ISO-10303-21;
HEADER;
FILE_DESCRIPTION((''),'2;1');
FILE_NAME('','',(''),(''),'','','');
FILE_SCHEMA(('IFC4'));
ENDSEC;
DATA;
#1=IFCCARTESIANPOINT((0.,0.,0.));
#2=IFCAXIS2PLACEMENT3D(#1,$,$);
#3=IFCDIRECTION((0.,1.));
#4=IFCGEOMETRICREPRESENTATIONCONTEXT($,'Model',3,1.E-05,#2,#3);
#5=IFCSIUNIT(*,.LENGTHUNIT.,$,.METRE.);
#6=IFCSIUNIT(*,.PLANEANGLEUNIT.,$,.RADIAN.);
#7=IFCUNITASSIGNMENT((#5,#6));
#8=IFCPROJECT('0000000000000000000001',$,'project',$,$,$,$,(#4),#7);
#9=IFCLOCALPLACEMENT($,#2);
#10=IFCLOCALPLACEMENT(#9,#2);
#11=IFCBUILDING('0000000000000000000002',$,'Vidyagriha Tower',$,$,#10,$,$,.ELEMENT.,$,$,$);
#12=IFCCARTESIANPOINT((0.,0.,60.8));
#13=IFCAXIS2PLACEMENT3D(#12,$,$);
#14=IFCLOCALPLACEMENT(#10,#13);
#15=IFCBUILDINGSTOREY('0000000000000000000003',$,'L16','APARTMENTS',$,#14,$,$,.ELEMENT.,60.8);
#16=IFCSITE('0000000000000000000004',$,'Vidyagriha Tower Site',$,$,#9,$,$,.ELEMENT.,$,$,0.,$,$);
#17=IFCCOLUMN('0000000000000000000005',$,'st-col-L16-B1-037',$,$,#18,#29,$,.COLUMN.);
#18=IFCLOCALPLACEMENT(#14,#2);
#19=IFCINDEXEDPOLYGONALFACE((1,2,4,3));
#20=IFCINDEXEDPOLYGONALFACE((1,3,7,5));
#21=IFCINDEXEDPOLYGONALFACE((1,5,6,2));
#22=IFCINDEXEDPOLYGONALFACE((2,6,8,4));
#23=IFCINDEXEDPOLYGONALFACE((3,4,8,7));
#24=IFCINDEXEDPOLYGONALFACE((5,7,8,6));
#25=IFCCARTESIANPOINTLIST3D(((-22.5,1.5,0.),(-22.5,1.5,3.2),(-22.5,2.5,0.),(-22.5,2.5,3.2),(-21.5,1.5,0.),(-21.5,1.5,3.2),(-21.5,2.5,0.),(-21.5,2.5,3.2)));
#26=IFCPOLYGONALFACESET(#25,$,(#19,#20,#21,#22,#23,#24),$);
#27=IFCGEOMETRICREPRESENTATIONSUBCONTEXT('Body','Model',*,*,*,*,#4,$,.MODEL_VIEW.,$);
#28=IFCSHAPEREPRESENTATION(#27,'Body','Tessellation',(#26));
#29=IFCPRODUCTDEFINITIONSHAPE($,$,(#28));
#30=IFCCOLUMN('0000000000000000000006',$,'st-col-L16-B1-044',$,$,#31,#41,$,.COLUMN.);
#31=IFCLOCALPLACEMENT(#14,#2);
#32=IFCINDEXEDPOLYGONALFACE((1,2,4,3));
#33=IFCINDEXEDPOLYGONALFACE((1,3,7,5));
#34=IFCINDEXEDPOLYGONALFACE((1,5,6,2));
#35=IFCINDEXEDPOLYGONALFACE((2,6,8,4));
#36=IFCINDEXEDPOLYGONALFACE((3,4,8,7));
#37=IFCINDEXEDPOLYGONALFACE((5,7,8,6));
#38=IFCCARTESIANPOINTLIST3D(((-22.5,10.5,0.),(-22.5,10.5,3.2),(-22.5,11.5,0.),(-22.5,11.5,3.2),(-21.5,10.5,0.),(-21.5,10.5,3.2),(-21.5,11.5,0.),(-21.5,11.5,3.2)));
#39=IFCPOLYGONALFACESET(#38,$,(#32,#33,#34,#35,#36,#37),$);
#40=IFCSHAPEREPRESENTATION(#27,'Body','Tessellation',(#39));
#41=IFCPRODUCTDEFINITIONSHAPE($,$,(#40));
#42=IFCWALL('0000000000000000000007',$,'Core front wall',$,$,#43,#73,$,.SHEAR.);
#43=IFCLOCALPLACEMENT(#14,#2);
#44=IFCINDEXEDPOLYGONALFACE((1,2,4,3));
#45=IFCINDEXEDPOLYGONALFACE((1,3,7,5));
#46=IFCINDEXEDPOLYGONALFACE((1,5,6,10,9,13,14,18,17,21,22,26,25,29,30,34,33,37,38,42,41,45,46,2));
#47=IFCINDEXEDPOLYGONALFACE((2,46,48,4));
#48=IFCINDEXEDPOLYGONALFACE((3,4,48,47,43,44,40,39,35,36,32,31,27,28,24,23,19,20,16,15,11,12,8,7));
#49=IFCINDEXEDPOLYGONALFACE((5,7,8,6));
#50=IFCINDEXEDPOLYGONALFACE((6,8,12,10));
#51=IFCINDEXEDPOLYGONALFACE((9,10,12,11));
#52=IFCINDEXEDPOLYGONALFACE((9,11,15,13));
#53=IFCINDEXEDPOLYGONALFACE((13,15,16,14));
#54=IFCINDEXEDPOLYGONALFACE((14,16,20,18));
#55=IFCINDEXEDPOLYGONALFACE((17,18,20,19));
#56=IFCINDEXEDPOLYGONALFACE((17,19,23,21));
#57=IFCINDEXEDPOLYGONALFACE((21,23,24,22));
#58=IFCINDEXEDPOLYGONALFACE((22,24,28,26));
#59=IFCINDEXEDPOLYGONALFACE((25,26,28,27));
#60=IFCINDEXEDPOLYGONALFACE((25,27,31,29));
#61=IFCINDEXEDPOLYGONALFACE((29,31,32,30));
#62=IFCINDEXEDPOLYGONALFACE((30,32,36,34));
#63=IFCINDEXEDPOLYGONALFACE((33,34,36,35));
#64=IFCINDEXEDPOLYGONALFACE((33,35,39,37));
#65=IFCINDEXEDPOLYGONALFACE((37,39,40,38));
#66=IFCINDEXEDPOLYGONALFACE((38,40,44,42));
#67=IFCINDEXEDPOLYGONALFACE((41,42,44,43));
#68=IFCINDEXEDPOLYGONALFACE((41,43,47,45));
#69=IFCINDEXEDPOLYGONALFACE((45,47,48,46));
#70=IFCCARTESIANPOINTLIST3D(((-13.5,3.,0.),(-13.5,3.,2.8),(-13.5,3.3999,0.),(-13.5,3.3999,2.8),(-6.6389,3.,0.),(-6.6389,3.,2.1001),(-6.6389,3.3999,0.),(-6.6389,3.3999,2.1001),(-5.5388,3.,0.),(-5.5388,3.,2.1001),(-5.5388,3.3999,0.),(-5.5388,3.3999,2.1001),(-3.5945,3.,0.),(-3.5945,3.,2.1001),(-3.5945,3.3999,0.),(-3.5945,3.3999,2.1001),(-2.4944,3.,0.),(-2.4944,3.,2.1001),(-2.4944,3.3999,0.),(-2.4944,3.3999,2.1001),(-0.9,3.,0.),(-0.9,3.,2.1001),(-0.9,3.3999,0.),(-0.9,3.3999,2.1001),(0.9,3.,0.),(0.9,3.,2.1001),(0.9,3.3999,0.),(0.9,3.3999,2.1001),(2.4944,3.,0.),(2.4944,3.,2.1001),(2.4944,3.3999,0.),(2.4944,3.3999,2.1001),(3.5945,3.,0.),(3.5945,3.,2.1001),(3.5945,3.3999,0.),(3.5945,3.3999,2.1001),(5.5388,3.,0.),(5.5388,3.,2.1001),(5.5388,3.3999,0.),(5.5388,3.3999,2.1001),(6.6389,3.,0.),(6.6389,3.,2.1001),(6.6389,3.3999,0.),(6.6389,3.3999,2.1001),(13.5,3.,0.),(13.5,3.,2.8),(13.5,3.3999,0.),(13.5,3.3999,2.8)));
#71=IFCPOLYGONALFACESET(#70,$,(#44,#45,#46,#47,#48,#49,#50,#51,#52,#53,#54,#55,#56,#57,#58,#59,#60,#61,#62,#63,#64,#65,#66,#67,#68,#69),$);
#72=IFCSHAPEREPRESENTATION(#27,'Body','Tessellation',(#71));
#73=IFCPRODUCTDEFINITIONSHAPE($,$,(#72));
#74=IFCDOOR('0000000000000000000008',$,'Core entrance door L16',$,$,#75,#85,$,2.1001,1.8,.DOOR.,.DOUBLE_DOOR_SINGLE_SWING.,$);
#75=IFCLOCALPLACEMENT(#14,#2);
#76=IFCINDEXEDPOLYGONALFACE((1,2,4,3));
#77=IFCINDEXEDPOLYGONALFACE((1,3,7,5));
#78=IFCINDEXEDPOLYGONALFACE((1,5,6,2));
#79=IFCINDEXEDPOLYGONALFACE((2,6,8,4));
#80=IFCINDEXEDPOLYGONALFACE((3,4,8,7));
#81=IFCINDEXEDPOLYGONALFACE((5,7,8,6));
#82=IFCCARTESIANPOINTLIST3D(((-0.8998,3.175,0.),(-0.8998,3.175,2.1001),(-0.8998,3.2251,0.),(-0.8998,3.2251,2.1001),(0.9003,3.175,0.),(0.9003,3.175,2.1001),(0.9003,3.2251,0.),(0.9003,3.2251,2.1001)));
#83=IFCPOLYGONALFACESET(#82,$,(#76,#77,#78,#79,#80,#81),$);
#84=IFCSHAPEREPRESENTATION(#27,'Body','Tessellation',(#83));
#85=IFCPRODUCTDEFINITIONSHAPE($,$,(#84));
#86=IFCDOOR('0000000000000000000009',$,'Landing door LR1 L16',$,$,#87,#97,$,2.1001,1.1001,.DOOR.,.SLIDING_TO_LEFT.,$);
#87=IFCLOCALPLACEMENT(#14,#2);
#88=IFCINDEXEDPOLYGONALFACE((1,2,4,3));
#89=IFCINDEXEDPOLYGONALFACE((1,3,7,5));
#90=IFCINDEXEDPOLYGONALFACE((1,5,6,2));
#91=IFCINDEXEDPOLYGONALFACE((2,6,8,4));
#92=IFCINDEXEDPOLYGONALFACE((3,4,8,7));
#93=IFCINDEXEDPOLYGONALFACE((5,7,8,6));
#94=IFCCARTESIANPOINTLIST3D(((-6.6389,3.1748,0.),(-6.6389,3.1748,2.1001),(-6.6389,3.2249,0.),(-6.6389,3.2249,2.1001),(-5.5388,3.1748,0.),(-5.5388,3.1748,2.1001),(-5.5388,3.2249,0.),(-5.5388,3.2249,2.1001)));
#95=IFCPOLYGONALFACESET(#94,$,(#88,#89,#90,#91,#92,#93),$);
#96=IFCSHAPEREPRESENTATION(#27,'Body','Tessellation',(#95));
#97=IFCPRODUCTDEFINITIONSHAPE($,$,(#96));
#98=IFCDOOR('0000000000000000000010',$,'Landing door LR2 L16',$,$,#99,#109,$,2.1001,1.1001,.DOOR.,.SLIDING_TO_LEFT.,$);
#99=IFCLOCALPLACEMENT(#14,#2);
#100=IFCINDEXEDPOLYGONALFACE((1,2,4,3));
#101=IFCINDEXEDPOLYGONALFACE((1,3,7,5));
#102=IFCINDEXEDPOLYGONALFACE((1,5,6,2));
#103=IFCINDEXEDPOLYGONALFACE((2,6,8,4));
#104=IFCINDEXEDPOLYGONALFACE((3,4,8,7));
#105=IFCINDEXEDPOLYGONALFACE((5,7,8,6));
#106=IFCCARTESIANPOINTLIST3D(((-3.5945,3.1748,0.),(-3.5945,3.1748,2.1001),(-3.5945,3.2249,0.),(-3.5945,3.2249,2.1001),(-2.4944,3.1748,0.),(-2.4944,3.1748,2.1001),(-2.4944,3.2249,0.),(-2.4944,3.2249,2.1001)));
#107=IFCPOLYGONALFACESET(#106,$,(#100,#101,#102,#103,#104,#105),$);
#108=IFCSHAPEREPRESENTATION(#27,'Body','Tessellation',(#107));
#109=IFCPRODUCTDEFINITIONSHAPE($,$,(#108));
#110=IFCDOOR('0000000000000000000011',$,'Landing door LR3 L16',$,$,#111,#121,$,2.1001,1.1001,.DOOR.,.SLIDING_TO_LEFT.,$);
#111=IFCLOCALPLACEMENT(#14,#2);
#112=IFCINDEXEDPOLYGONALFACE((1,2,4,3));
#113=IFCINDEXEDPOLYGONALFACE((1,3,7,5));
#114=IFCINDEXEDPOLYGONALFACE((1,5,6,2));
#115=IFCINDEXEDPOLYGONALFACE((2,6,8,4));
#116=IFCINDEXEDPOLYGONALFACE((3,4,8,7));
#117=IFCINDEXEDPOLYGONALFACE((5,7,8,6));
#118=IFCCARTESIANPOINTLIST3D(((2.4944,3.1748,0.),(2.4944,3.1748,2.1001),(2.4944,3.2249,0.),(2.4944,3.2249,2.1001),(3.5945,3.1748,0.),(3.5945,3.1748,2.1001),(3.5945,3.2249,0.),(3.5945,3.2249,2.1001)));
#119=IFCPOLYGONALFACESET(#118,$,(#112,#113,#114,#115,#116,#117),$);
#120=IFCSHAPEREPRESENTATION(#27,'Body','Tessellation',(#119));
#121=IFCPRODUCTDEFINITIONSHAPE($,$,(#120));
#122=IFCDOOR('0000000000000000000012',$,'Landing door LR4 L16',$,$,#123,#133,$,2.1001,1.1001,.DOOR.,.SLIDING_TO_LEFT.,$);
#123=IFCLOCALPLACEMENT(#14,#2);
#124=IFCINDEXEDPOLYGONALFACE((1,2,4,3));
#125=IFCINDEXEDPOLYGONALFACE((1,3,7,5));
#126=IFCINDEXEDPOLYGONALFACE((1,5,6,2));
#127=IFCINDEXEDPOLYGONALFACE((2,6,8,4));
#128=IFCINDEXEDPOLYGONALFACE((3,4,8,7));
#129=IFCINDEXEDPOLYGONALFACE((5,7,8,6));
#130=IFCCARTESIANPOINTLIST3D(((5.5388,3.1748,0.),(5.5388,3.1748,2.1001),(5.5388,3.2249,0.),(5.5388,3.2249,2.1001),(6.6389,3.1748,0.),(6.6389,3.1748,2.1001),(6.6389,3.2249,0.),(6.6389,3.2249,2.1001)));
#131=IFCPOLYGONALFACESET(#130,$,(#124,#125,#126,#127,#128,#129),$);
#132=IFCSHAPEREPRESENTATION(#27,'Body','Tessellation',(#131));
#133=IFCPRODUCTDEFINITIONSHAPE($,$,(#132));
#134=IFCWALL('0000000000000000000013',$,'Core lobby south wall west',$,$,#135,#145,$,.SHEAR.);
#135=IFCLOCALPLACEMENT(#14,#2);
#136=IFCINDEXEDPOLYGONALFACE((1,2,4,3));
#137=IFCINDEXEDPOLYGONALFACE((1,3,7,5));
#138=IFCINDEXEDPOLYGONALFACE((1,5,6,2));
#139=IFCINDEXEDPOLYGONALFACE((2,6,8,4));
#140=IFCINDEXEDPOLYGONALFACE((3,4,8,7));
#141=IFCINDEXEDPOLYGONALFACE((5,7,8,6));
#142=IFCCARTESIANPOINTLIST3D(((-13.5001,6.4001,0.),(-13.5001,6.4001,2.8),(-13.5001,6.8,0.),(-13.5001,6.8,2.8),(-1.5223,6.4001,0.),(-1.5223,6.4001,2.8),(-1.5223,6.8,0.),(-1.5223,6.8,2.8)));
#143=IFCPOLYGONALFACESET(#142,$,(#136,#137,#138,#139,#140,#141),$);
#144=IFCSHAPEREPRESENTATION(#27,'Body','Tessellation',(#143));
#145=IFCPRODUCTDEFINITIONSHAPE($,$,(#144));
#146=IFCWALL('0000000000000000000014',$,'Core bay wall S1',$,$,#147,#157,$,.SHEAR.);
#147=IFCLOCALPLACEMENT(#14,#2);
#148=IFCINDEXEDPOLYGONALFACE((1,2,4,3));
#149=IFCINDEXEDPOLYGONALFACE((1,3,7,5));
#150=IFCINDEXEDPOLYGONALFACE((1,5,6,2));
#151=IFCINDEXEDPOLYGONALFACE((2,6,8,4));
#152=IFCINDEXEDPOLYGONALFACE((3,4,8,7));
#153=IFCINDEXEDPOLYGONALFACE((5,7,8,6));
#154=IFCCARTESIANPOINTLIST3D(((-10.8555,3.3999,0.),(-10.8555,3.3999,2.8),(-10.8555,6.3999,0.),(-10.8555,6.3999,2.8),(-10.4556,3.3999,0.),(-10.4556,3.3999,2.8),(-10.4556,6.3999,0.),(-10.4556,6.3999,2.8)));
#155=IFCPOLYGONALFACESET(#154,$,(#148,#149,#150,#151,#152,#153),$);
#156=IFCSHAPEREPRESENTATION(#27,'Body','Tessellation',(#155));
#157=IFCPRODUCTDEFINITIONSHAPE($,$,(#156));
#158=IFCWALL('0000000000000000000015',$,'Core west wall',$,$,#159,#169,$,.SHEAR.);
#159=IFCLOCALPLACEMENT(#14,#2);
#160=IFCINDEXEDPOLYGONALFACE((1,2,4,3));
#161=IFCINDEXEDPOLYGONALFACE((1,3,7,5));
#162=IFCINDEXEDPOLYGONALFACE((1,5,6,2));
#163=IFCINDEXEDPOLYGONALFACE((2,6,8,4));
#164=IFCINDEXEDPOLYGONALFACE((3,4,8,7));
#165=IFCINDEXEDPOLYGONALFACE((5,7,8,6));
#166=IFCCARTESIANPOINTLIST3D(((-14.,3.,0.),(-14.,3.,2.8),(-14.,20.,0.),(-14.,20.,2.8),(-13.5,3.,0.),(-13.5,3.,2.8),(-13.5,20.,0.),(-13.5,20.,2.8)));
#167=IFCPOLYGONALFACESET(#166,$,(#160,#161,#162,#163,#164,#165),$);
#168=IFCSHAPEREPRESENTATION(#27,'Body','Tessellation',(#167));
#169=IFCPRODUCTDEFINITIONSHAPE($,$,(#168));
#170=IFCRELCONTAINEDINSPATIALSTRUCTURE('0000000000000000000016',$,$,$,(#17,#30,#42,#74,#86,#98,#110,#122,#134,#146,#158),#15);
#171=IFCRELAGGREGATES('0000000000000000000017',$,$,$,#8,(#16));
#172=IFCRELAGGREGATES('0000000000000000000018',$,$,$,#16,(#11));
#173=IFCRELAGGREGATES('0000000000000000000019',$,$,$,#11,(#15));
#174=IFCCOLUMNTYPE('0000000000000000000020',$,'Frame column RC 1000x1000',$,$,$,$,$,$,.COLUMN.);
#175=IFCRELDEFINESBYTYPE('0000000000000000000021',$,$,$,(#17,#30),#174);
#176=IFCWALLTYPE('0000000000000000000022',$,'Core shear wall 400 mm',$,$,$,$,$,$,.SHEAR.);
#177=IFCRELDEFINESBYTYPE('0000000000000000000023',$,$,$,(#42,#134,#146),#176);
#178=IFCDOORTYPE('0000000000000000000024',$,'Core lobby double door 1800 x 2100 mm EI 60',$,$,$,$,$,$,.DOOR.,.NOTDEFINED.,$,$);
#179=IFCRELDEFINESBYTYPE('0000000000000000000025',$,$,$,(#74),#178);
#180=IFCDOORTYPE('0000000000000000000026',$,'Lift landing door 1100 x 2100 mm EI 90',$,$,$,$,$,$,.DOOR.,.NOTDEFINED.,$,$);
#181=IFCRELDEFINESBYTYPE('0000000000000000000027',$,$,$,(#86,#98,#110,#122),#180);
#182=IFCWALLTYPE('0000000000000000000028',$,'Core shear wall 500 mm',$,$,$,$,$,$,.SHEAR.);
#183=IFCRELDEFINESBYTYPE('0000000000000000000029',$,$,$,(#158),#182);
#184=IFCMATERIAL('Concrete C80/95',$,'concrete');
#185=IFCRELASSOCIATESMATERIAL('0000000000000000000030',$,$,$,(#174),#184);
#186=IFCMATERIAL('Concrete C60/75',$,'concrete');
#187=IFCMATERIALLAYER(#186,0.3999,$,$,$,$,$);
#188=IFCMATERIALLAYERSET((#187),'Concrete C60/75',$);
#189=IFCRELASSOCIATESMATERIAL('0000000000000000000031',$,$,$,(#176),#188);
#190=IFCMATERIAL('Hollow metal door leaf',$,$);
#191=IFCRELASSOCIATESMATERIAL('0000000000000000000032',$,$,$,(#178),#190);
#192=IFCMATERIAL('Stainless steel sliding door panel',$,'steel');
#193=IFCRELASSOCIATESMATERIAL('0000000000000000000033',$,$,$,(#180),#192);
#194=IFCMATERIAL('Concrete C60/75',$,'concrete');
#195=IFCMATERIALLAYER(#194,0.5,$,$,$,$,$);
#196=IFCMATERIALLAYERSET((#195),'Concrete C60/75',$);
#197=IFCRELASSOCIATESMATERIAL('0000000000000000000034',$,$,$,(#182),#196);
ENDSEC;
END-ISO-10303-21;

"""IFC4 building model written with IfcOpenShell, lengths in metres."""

from ifc_helpers import new_model, si_unit, direction, frame, frame_2d, origin, origin_2d, place, context, subcontext, project, spatial, rectangle, extrude, material, layer, layer_set, material_profile, profile_set, type_object, element, fill, save


model = new_model("IFC4")

# Units and contexts
model_context = context("Model", 3, precision=1e-05, world=origin(), true_north=direction((0.0, 1.0)))
body_context = subcontext(model_context, "Body", "Model", "MODEL_VIEW")
ifc_project = project(units=[si_unit("LENGTHUNIT", "METRE"), si_unit("PLANEANGLEUNIT", "RADIAN")], contexts=[model_context])

# Site, building, storey
site_placement = place(None, origin())
site = spatial("IfcSite", under=ifc_project, at=site_placement, Name="Vidyagriha Tower Site", CompositionType="ELEMENT", RefElevation=0.0)
building_placement = place(site_placement, origin())
building = spatial("IfcBuilding", under=site, at=building_placement, Name="Vidyagriha Tower", CompositionType="ELEMENT")
storey_placement = place(building_placement, frame((0.0, 0.0, 60.8)))
storey = spatial("IfcBuildingStorey", under=building, at=storey_placement, Name="L16", Description="APARTMENTS", CompositionType="ELEMENT", Elevation=60.8)

# Columns
ifc_material_1 = material(Name="Concrete C80/95", Category="concrete")
ifc_material_profile = material_profile(ifc_material_1, rectangle(XDim=1.0, YDim=1.0, at=origin_2d()), Name="RC 1000x1000")
ifc_profile_set = profile_set([ifc_material_profile], Name="Concrete C80/95")
column_type = type_object("IfcColumnType", Name="Frame column RC 1000x1000", PredefinedType="COLUMN", material=ifc_profile_set)
for number, where, name in (
    (1, (-22.0, 2.0, 0.0), "st-col-L16-B1-037"),
    (2, (-22.0, 11.0, 0.0), "st-col-L16-B1-044"),
):
    element("IfcColumn", number, at=place(storey_placement, frame(where)), inside=storey, type_object=column_type, Name=name, PredefinedType="COLUMN", context=body_context, shape_type="SweptSolid", body=[
        extrude(rectangle(XDim=1.0, YDim=1.0, at=origin_2d()), origin(), (0.0, 0.0, 1.0), 3.2),
    ])

# Wall, openings, doors
ifc_material_2 = material(Name="Concrete C60/75", Category="concrete")
ifc_layer_1 = layer(ifc_material_2, 0.3999)
ifc_layer_set_1 = layer_set([ifc_layer_1], Name="Concrete C60/75")
wall_type_1 = type_object("IfcWallType", Name="Core shear wall 400 mm", PredefinedType="SHEAR", material=ifc_layer_set_1)
wall_1_placement = place(storey_placement, frame((-13.5, 3.2, 0.0)))
wall_1 = element("IfcWall", 3, at=wall_1_placement, inside=storey, type_object=wall_type_1, Name="Core front wall", PredefinedType="SHEAR", context=body_context, shape_type="SweptSolid", body=[
    extrude(rectangle(XDim=27.0, YDim=0.3999, at=frame_2d((13.5, 0.0))), origin(), (0.0, 0.0, 1.0), 2.8),
])
opening_1_placement = place(wall_1_placement, frame((6.8611, 0.0, 0.0)))
opening_1 = element("IfcOpeningElement", 4, at=opening_1_placement, cuts=wall_1, PredefinedType="OPENING", context=body_context, shape_type="SweptSolid", body=[
    extrude(rectangle(XDim=1.1001, YDim=2.1001, at=frame_2d((0.55, 1.05))), frame((0.0, 0.21, 0.0), z_axis=(0.0, -1.0, 0.0), x_axis=(1.0, 0.0, 0.0)), (0.0, 0.0, 1.0), 0.4199),
])
opening_2_placement = place(wall_1_placement, frame((9.9055, 0.0, 0.0)))
opening_2 = element("IfcOpeningElement", 5, at=opening_2_placement, cuts=wall_1, PredefinedType="OPENING", context=body_context, shape_type="SweptSolid", body=[
    extrude(rectangle(XDim=1.1001, YDim=2.1001, at=frame_2d((0.55, 1.05))), frame((0.0, 0.21, 0.0), z_axis=(0.0, -1.0, 0.0), x_axis=(1.0, 0.0, 0.0)), (0.0, 0.0, 1.0), 0.4199),
])
opening_3_placement = place(wall_1_placement, frame((15.9944, 0.0, 0.0)))
opening_3 = element("IfcOpeningElement", 6, at=opening_3_placement, cuts=wall_1, PredefinedType="OPENING", context=body_context, shape_type="SweptSolid", body=[
    extrude(rectangle(XDim=1.1001, YDim=2.1001, at=frame_2d((0.55, 1.05))), frame((0.0, 0.21, 0.0), z_axis=(0.0, -1.0, 0.0), x_axis=(1.0, 0.0, 0.0)), (0.0, 0.0, 1.0), 0.4199),
])
opening_4_placement = place(wall_1_placement, frame((19.0388, 0.0, 0.0)))
opening_4 = element("IfcOpeningElement", 7, at=opening_4_placement, cuts=wall_1, PredefinedType="OPENING", context=body_context, shape_type="SweptSolid", body=[
    extrude(rectangle(XDim=1.1001, YDim=2.1001, at=frame_2d((0.55, 1.05))), frame((0.0, 0.21, 0.0), z_axis=(0.0, -1.0, 0.0), x_axis=(1.0, 0.0, 0.0)), (0.0, 0.0, 1.0), 0.4199),
])
opening_5_placement = place(wall_1_placement, frame((12.6001, 0.0, 0.0)))
opening_5 = element("IfcOpeningElement", 8, at=opening_5_placement, cuts=wall_1, PredefinedType="OPENING", context=body_context, shape_type="SweptSolid", body=[
    extrude(rectangle(XDim=1.8, YDim=2.1001, at=frame_2d((0.8999, 1.05))), frame((0.0, 0.21, 0.0), z_axis=(0.0, -1.0, 0.0), x_axis=(1.0, 0.0, 0.0)), (0.0, 0.0, 1.0), 0.4199),
])
ifc_material_3 = material(Name="Hollow metal door leaf")
door_type_1 = type_object("IfcDoorType", Name="Core lobby double door 1800 x 2100 mm EI 60", OperationType="NOTDEFINED", PredefinedType="DOOR", material=ifc_material_3)
door_1_placement = place(opening_5_placement, frame((1.8, 0.0, 0.0), z_axis=(0.0, 0.0, 1.0), x_axis=(-1.0, 0.0, 0.0)))
door_1 = element("IfcDoor", 9, at=door_1_placement, inside=storey, type_object=door_type_1, Name="Core entrance door L16", OperationType="DOUBLE_DOOR_SINGLE_SWING", OverallHeight=2.1001, OverallWidth=1.8, PredefinedType="DOOR", context=body_context, shape_type="SweptSolid", body=[
    extrude(rectangle(XDim=1.8, YDim=2.1001, at=frame_2d((0.8999, 1.05))), frame((0.0, 0.0249, 0.0), z_axis=(0.0, -1.0, 0.0), x_axis=(1.0, 0.0, 0.0)), (0.0, 0.0, 1.0), 0.05),
])
fill(opening_5, door_1)
ifc_material_4 = material(Name="Stainless steel sliding door panel", Category="steel")
door_type_2 = type_object("IfcDoorType", Name="Lift landing door 1100 x 2100 mm EI 90", OperationType="NOTDEFINED", PredefinedType="DOOR", material=ifc_material_4)
door_2_placement = place(opening_1_placement, origin())
door_2 = element("IfcDoor", 10, at=door_2_placement, inside=storey, type_object=door_type_2, Name="Landing door LR1 L16", OperationType="SLIDING_TO_LEFT", OverallHeight=2.1001, OverallWidth=1.1001, PredefinedType="DOOR", context=body_context, shape_type="SweptSolid", body=[
    extrude(rectangle(XDim=1.1001, YDim=2.1001, at=frame_2d((0.55, 1.05))), frame((0.0, 0.0249, 0.0), z_axis=(0.0, -1.0, 0.0), x_axis=(1.0, 0.0, 0.0)), (0.0, 0.0, 1.0), 0.05),
])
fill(opening_1, door_2)
door_3_placement = place(opening_2_placement, origin())
door_3 = element("IfcDoor", 11, at=door_3_placement, inside=storey, type_object=door_type_2, Name="Landing door LR2 L16", OperationType="SLIDING_TO_LEFT", OverallHeight=2.1001, OverallWidth=1.1001, PredefinedType="DOOR", context=body_context, shape_type="SweptSolid", body=[
    extrude(rectangle(XDim=1.1001, YDim=2.1001, at=frame_2d((0.55, 1.05))), frame((0.0, 0.0249, 0.0), z_axis=(0.0, -1.0, 0.0), x_axis=(1.0, 0.0, 0.0)), (0.0, 0.0, 1.0), 0.05),
])
fill(opening_2, door_3)
door_4_placement = place(opening_3_placement, origin())
door_4 = element("IfcDoor", 12, at=door_4_placement, inside=storey, type_object=door_type_2, Name="Landing door LR3 L16", OperationType="SLIDING_TO_LEFT", OverallHeight=2.1001, OverallWidth=1.1001, PredefinedType="DOOR", context=body_context, shape_type="SweptSolid", body=[
    extrude(rectangle(XDim=1.1001, YDim=2.1001, at=frame_2d((0.55, 1.05))), frame((0.0, 0.0249, 0.0), z_axis=(0.0, -1.0, 0.0), x_axis=(1.0, 0.0, 0.0)), (0.0, 0.0, 1.0), 0.05),
])
fill(opening_3, door_4)
door_5_placement = place(opening_4_placement, origin())
door_5 = element("IfcDoor", 13, at=door_5_placement, inside=storey, type_object=door_type_2, Name="Landing door LR4 L16", OperationType="SLIDING_TO_LEFT", OverallHeight=2.1001, OverallWidth=1.1001, PredefinedType="DOOR", context=body_context, shape_type="SweptSolid", body=[
    extrude(rectangle(XDim=1.1001, YDim=2.1001, at=frame_2d((0.55, 1.05))), frame((0.0, 0.0249, 0.0), z_axis=(0.0, -1.0, 0.0), x_axis=(1.0, 0.0, 0.0)), (0.0, 0.0, 1.0), 0.05),
])
fill(opening_4, door_5)

# Walls
wall_2_placement = place(storey_placement, frame((-13.5, 6.6001, 0.0)))
element("IfcWall", 14, at=wall_2_placement, inside=storey, type_object=wall_type_1, Name="Core lobby south wall west", PredefinedType="SHEAR", context=body_context, shape_type="SweptSolid", body=[
    extrude(rectangle(XDim=11.9778, YDim=0.3999, at=frame_2d((5.9888, 0.0))), origin(), (0.0, 0.0, 1.0), 2.8),
])
wall_3_placement = place(storey_placement, frame((-10.6555, 3.3999, 0.0), z_axis=(0.0, 0.0, 1.0), x_axis=(0.0, 1.0, 0.0)))
element("IfcWall", 15, at=wall_3_placement, inside=storey, type_object=wall_type_1, Name="Core bay wall S1", PredefinedType="SHEAR", context=body_context, shape_type="SweptSolid", body=[
    extrude(rectangle(XDim=3.0, YDim=0.3999, at=frame_2d((1.5, 0.0))), origin(), (0.0, 0.0, 1.0), 2.8),
])
ifc_material_5 = material(Name="Concrete C60/75", Category="concrete")
ifc_layer_2 = layer(ifc_material_5, 0.5)
ifc_layer_set_2 = layer_set([ifc_layer_2], Name="Concrete C60/75")
wall_type_2 = type_object("IfcWallType", Name="Core shear wall 500 mm", PredefinedType="SHEAR", material=ifc_layer_set_2)
wall_4_placement = place(storey_placement, frame((-13.75, 3.0, 0.0), z_axis=(0.0, 0.0, 1.0), x_axis=(0.0, 1.0, 0.0)))
element("IfcWall", 16, at=wall_4_placement, inside=storey, type_object=wall_type_2, Name="Core west wall", PredefinedType="SHEAR", context=body_context, shape_type="SweptSolid", body=[
    extrude(rectangle(XDim=17.0, YDim=0.5, at=frame_2d((8.5, 0.0))), origin(), (0.0, 0.0, 1.0), 2.8),
])

save(model, "model.ifc")
